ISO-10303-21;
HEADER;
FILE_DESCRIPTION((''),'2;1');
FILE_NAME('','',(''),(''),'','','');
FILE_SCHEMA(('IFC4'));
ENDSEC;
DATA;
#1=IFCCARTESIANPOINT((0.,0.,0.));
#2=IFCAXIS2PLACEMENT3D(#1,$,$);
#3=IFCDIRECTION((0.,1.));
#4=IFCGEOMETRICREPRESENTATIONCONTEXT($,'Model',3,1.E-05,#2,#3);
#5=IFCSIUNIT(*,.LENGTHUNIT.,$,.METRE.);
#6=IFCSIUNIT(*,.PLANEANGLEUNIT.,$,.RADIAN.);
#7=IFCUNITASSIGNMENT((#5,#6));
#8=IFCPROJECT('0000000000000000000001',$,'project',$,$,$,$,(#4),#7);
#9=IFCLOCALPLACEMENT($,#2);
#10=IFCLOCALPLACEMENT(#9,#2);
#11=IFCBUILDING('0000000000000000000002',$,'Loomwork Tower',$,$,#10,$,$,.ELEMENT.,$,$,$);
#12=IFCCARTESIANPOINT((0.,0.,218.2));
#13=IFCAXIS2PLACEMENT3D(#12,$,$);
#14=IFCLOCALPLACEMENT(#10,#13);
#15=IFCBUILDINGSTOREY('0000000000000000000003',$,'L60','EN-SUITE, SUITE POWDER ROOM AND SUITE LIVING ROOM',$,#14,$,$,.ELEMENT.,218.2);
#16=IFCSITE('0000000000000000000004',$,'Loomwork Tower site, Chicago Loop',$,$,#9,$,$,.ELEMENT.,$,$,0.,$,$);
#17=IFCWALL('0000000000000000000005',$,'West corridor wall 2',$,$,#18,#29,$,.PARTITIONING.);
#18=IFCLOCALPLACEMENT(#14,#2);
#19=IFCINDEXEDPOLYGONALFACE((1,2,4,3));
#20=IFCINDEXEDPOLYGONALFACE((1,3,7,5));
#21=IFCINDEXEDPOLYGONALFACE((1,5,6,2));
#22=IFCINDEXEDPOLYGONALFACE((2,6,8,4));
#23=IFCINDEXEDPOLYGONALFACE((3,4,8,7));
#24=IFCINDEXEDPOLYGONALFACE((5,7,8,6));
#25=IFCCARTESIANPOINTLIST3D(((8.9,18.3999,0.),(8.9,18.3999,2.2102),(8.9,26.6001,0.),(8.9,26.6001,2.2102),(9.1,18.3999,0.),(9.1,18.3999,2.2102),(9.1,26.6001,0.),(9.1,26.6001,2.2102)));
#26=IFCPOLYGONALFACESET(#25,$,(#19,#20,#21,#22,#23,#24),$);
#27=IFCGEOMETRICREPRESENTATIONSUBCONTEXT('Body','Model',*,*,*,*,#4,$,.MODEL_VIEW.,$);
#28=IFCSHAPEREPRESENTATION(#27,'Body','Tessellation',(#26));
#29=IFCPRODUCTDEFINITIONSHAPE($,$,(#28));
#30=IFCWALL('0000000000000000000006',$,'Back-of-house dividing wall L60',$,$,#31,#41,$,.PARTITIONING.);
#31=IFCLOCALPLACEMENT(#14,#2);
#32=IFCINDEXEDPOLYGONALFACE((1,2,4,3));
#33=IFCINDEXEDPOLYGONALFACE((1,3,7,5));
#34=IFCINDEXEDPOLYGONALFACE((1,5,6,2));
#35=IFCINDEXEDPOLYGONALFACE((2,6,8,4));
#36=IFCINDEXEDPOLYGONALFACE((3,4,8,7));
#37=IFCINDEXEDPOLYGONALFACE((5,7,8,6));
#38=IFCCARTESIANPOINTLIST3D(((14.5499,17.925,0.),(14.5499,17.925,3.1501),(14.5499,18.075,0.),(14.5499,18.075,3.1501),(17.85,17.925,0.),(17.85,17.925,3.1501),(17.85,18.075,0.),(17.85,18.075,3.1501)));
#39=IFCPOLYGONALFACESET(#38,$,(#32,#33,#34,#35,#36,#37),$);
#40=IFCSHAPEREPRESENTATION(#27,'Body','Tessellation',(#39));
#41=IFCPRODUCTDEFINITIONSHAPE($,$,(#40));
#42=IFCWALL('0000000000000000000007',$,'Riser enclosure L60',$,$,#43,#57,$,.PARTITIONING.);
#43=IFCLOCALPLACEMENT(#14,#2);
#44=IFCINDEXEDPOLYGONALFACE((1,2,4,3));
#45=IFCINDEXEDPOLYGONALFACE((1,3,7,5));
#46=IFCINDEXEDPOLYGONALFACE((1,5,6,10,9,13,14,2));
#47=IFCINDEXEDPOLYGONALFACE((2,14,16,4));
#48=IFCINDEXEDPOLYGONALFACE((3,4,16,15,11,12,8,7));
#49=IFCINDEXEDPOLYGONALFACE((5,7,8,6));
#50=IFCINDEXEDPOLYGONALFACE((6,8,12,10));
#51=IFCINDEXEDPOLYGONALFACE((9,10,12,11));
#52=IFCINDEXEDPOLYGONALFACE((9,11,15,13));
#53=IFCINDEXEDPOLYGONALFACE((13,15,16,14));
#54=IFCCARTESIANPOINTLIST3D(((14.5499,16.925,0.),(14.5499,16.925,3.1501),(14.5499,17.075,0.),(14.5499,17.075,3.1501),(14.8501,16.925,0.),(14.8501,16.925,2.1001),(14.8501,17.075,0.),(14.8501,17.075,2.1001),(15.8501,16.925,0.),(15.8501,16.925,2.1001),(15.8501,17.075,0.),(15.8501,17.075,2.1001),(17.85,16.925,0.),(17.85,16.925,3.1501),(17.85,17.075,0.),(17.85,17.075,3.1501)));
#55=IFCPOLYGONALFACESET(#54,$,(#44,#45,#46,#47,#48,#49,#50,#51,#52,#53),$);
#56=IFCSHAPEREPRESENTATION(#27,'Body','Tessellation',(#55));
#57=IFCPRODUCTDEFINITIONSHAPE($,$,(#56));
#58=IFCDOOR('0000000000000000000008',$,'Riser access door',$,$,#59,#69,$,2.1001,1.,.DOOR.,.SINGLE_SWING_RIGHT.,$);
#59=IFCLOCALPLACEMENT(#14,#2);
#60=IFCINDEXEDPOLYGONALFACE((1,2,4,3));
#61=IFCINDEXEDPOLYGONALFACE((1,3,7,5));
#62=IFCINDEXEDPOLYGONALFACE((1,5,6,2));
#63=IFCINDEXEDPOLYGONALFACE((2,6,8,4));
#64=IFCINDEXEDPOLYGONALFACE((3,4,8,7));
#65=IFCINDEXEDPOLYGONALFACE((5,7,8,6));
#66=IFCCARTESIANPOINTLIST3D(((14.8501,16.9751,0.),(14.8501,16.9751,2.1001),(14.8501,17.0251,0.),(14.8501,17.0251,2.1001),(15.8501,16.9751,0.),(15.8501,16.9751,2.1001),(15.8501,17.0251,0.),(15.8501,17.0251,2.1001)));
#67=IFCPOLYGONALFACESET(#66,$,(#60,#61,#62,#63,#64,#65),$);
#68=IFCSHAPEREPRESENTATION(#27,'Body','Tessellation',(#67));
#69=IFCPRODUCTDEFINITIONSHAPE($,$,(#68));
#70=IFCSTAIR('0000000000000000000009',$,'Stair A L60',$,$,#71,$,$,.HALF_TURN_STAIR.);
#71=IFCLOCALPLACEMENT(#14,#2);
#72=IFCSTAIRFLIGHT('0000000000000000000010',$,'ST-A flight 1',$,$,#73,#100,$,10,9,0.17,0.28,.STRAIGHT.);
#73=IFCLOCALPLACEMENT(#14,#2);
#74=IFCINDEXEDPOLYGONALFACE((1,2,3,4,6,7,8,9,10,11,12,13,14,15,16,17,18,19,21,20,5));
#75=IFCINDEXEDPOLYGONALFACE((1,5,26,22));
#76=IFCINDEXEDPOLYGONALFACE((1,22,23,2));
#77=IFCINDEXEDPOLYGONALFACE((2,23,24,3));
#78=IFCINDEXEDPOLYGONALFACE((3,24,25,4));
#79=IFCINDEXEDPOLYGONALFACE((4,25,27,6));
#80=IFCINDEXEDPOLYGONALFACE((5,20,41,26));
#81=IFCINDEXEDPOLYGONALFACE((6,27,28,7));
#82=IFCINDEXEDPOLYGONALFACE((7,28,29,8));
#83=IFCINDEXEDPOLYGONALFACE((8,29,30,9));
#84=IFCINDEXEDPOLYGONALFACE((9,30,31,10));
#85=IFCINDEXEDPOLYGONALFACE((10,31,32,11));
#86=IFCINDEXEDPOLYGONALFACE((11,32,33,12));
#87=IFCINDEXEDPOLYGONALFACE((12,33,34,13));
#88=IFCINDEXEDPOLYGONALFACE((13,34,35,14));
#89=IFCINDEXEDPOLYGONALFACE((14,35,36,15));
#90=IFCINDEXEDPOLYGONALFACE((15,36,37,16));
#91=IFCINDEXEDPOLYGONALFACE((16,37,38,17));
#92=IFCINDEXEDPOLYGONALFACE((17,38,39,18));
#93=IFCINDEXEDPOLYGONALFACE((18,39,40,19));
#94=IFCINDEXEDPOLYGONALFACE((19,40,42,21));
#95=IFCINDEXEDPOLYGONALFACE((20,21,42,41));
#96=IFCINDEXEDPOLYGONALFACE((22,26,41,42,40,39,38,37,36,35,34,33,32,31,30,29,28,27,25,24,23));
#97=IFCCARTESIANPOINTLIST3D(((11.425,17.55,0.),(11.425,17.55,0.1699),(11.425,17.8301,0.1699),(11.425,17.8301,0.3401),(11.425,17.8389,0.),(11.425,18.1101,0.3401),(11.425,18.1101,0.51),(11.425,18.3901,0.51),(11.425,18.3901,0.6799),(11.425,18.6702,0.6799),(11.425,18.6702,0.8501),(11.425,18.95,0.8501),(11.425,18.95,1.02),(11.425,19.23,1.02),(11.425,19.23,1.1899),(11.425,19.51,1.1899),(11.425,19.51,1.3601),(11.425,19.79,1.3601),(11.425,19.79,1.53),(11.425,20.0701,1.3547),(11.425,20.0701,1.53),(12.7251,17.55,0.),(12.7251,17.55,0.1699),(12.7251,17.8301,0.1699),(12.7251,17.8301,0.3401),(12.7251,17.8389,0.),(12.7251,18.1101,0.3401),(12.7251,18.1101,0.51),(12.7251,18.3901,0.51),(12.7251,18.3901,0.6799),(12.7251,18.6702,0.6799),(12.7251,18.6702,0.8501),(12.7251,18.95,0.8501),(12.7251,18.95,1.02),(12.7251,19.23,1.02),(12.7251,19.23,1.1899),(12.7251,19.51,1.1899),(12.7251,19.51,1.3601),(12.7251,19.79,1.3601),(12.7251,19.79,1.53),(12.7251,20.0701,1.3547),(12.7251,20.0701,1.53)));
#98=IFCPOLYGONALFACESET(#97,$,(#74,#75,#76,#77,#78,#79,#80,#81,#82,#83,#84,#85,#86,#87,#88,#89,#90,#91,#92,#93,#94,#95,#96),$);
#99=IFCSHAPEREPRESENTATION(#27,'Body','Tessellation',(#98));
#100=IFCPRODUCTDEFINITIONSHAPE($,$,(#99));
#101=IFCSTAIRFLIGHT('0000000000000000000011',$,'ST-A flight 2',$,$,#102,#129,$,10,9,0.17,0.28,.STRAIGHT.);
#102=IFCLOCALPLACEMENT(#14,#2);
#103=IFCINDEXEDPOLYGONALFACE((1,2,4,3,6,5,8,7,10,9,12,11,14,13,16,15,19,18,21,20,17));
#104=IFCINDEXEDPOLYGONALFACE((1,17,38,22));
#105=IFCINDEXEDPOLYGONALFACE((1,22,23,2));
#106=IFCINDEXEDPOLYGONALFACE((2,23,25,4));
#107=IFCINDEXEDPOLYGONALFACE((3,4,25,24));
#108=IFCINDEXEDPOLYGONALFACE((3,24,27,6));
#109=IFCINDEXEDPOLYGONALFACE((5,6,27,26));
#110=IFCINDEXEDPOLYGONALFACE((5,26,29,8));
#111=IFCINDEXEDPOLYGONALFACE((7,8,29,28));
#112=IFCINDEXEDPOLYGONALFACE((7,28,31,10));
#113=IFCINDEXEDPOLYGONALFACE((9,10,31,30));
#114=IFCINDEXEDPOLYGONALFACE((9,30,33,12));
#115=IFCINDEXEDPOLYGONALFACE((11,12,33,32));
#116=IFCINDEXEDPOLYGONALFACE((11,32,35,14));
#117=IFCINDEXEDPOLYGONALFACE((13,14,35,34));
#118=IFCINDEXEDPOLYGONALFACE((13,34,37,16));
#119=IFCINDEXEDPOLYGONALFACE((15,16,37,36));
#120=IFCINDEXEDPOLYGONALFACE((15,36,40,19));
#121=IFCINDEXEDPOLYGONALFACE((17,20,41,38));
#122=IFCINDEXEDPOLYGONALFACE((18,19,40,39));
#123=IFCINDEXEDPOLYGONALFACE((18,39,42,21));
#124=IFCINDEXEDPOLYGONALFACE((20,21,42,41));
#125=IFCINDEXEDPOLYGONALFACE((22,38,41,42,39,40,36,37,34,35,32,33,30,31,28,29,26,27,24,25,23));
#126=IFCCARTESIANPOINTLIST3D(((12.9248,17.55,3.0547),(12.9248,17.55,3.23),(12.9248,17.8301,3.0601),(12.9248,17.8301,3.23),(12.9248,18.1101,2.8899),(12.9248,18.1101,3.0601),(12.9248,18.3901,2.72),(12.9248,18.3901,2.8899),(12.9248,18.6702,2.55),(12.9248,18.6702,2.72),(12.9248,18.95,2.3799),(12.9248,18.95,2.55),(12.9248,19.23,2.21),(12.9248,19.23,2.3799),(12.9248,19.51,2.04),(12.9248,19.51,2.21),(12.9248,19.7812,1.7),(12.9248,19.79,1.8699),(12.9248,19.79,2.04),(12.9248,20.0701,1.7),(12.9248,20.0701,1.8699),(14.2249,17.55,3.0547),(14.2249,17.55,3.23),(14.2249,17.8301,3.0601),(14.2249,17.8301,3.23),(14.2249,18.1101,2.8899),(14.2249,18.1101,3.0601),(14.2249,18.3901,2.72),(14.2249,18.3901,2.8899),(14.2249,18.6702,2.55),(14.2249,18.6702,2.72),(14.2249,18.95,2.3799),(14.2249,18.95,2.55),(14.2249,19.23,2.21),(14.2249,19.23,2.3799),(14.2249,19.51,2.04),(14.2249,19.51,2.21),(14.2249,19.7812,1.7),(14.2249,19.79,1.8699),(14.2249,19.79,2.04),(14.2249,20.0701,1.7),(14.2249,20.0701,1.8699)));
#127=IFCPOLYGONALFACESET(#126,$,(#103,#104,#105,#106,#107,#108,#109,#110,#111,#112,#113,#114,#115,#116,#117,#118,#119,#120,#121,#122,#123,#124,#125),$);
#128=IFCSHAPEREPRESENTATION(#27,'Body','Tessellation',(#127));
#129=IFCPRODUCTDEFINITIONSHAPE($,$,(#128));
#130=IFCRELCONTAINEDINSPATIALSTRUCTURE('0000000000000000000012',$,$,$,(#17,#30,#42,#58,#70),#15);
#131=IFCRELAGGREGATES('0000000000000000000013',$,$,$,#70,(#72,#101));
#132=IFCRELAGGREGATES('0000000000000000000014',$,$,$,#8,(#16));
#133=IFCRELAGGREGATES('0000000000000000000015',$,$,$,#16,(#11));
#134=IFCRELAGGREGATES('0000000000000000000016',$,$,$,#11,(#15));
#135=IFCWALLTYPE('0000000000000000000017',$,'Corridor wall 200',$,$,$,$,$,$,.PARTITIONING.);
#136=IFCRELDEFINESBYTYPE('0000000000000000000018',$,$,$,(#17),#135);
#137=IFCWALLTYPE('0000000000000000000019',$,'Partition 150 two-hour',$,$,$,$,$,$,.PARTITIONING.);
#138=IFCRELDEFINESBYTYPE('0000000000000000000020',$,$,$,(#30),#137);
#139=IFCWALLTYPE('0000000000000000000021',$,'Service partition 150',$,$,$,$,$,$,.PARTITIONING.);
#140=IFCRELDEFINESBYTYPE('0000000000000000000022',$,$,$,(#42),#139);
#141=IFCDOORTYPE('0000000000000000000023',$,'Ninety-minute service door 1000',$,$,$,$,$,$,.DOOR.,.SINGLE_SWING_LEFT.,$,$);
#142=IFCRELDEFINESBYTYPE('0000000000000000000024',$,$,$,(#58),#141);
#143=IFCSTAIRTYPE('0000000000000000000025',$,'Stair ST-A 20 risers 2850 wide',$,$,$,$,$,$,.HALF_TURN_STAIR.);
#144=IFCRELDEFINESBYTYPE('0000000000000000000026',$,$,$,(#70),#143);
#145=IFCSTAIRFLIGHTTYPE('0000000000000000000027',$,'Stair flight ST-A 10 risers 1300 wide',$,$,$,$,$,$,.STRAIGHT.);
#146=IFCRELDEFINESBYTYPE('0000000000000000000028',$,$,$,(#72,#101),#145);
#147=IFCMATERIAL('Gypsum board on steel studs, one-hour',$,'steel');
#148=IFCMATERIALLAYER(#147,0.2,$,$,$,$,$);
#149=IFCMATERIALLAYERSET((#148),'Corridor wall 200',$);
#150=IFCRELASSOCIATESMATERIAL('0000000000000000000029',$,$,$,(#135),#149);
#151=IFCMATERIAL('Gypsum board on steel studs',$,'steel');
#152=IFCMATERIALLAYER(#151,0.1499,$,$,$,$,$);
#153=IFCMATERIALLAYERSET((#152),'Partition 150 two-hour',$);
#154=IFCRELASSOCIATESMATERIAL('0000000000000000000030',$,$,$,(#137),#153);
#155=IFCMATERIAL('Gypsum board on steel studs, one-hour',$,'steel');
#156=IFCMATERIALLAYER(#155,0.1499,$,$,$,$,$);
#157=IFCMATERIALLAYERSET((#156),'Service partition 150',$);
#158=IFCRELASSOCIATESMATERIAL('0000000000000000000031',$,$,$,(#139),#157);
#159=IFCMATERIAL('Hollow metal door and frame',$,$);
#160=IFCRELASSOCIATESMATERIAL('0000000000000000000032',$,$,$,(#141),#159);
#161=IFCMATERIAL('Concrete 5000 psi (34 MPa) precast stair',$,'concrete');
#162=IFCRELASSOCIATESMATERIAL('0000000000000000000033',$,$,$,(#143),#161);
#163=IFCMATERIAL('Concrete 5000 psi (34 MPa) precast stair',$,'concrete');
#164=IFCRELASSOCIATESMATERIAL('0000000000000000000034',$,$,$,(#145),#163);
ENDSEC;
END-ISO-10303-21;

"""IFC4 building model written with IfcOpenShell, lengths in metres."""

from ifc_helpers import new_model, si_unit, direction, frame, frame_2d, origin, place, context, subcontext, project, spatial, polyline, rectangle, outline, extrude, material, layer, layer_set, type_object, element, fill, aggregate, save


model = new_model("IFC4")

# Units and contexts
model_context = context("Model", 3, precision=1e-05, world=origin(), true_north=direction((0.0, 1.0)))
body_context = subcontext(model_context, "Body", "Model", "MODEL_VIEW")
ifc_project = project(units=[si_unit("LENGTHUNIT", "METRE"), si_unit("PLANEANGLEUNIT", "RADIAN")], contexts=[model_context])

# Site, building, storey
site_placement = place(None, origin())
site = spatial("IfcSite", under=ifc_project, at=site_placement, Name="Loomwork Tower site, Chicago Loop", CompositionType="ELEMENT", RefElevation=0.0)
building_placement = place(site_placement, origin())
building = spatial("IfcBuilding", under=site, at=building_placement, Name="Loomwork Tower", CompositionType="ELEMENT")
storey_placement = place(building_placement, frame((0.0, 0.0, 218.2)))
storey = spatial("IfcBuildingStorey", under=building, at=storey_placement, Name="L60", Description="EN-SUITE, SUITE POWDER ROOM AND SUITE LIVING ROOM", CompositionType="ELEMENT", Elevation=218.2)

# Walls
ifc_material_1 = material(Name="Gypsum board on steel studs, one-hour", Category="steel")
ifc_layer_1 = layer(ifc_material_1, 0.2)
ifc_layer_set_1 = layer_set([ifc_layer_1], Name="Corridor wall 200")
wall_type_1 = type_object("IfcWallType", Name="Corridor wall 200", PredefinedType="PARTITIONING", material=ifc_layer_set_1)
wall_1_placement = place(storey_placement, frame((9.0, 18.3999, 0.0), z_axis=(0.0, 0.0, 1.0), x_axis=(0.0, 1.0, 0.0)))
element("IfcWall", 1, at=wall_1_placement, inside=storey, type_object=wall_type_1, Name="West corridor wall 2", PredefinedType="PARTITIONING", context=body_context, shape_type="SweptSolid", body=[
    extrude(rectangle(XDim=8.2002, YDim=0.2, at=frame_2d((4.1001, 0.0))), origin(), (0.0, 0.0, 1.0), 2.2102),
])
ifc_material_2 = material(Name="Gypsum board on steel studs", Category="steel")
ifc_layer_2 = layer(ifc_material_2, 0.1499)
ifc_layer_set_2 = layer_set([ifc_layer_2], Name="Partition 150 two-hour")
wall_type_2 = type_object("IfcWallType", Name="Partition 150 two-hour", PredefinedType="PARTITIONING", material=ifc_layer_set_2)
wall_2_placement = place(storey_placement, frame((14.55, 18.0, 0.0), z_axis=(0.0, 0.0, 1.0), x_axis=(1.0, 0.0, 0.0)))
element("IfcWall", 2, at=wall_2_placement, inside=storey, type_object=wall_type_2, Name="Back-of-house dividing wall L60", PredefinedType="PARTITIONING", context=body_context, shape_type="SweptSolid", body=[
    extrude(rectangle(XDim=3.3, YDim=0.1499, at=frame_2d((1.6499, 0.0))), origin(), (0.0, 0.0, 1.0), 3.1501),
])

# Wall, opening, door
ifc_material_3 = material(Name="Gypsum board on steel studs, one-hour", Category="steel")
ifc_layer_3 = layer(ifc_material_3, 0.1499)
ifc_layer_set_3 = layer_set([ifc_layer_3], Name="Service partition 150")
wall_type_3 = type_object("IfcWallType", Name="Service partition 150", PredefinedType="PARTITIONING", material=ifc_layer_set_3)
wall_3_placement = place(storey_placement, frame((14.55, 17.0, 0.0), z_axis=(0.0, 0.0, 1.0), x_axis=(1.0, 0.0, 0.0)))
wall_3 = element("IfcWall", 3, at=wall_3_placement, inside=storey, type_object=wall_type_3, Name="Riser enclosure L60", PredefinedType="PARTITIONING", context=body_context, shape_type="SweptSolid", body=[
    extrude(rectangle(XDim=3.3, YDim=0.1499, at=frame_2d((1.6499, 0.0))), origin(), (0.0, 0.0, 1.0), 3.1501),
])
opening_1_placement = place(wall_3_placement, frame((0.3, 0.0, 0.0)))
opening_1 = element("IfcOpeningElement", 4, at=opening_1_placement, cuts=wall_3, PredefinedType="OPENING", context=body_context, shape_type="SweptSolid", body=[
    extrude(rectangle(XDim=1.0, YDim=2.1001, at=frame_2d((0.5, 1.05))), frame((0.0, 0.085, 0.0), z_axis=(0.0, -1.0, 0.0), x_axis=(1.0, 0.0, 0.0)), (0.0, 0.0, 1.0), 0.1699),
])
ifc_material_4 = material(Name="Hollow metal door and frame")
door_type_1 = type_object("IfcDoorType", Name="Ninety-minute service door 1000", OperationType="SINGLE_SWING_LEFT", PredefinedType="DOOR", material=ifc_material_4)
door_1_placement = place(opening_1_placement, frame((1.0, 0.0, 0.0), z_axis=(0.0, 0.0, 1.0), x_axis=(-1.0, 0.0, 0.0)))
door_1 = element("IfcDoor", 5, at=door_1_placement, inside=storey, type_object=door_type_1, Name="Riser access door", OperationType="SINGLE_SWING_RIGHT", OverallHeight=2.1001, OverallWidth=1.0, PredefinedType="DOOR", context=body_context, shape_type="SweptSolid", body=[
    extrude(rectangle(XDim=1.0, YDim=2.1001, at=frame_2d((0.5, 1.05))), frame((0.0, 0.0249, 0.0), z_axis=(0.0, -1.0, 0.0), x_axis=(1.0, 0.0, 0.0)), (0.0, 0.0, 1.0), 0.05),
])
fill(opening_1, door_1)

# Stair, stair flights
ifc_material_5 = material(Name="Concrete 5000 psi (34 MPa) precast stair", Category="concrete")
stair_type = type_object("IfcStairType", Name="Stair ST-A 20 risers 2850 wide", PredefinedType="HALF_TURN_STAIR", material=ifc_material_5)
stair_placement = place(storey_placement, origin())
stair = element("IfcStair", 6, at=stair_placement, inside=storey, type_object=stair_type, Name="Stair A L60", PredefinedType="HALF_TURN_STAIR")
ifc_material_6 = material(Name="Concrete 5000 psi (34 MPa) precast stair", Category="concrete")
stair_flight_type = type_object("IfcStairFlightType", Name="Stair flight ST-A 10 risers 1300 wide", PredefinedType="STRAIGHT", material=ifc_material_6)
stair_flight_1_placement = place(storey_placement, frame((12.075, 17.55, 0.0), z_axis=(0.0, 0.0, 1.0), x_axis=(0.0, 1.0, 0.0)))
stair_flight_1 = element("IfcStairFlight", 7, at=stair_flight_1_placement, type_object=stair_flight_type, Name="ST-A flight 1", NumberOfRisers=10, NumberOfTreads=9, PredefinedType="STRAIGHT", RiserHeight=0.17, TreadLength=0.28, context=body_context, shape_type="SweptSolid", body=[
    extrude(outline(polyline([(0.0, 0.0), (0.0, 0.1699), (0.28, 0.1699), (0.28, 0.3401), (0.5601, 0.3401), (0.5601, 0.51), (0.8401, 0.51), (0.8401, 0.6799), (1.1201, 0.6799), (1.1201, 0.8501), (1.3999, 0.8501), (1.3999, 1.02), (1.6799, 1.02), (1.6799, 1.1899), (1.96, 1.1899), (1.96, 1.3601), (2.24, 1.3601), (2.24, 1.53), (2.52, 1.53), (2.52, 1.7), (2.52, 1.3547), (0.2888, 0.0), (0.0, 0.0)])), frame((0.0, 0.6499, 0.0), z_axis=(0.0, -1.0, 0.0), x_axis=(1.0, 0.0, 0.0)), (0.0, 0.0, 1.0), 1.3),
])
stair_flight_2_placement = place(storey_placement, frame((13.575, 20.0701, 1.7), z_axis=(0.0, 0.0, 1.0), x_axis=(0.0, -1.0, 0.0)))
stair_flight_2 = element("IfcStairFlight", 8, at=stair_flight_2_placement, type_object=stair_flight_type, Name="ST-A flight 2", NumberOfRisers=10, NumberOfTreads=9, PredefinedType="STRAIGHT", RiserHeight=0.17, TreadLength=0.28, context=body_context, shape_type="SweptSolid", body=[
    extrude(outline(polyline([(0.0, 0.0), (0.0, 0.1699), (0.28, 0.1699), (0.28, 0.3401), (0.5601, 0.3401), (0.5601, 0.51), (0.8401, 0.51), (0.8401, 0.6799), (1.1201, 0.6799), (1.1201, 0.8501), (1.3999, 0.8501), (1.3999, 1.02), (1.6799, 1.02), (1.6799, 1.1899), (1.96, 1.1899), (1.96, 1.3601), (2.24, 1.3601), (2.24, 1.53), (2.52, 1.53), (2.52, 1.7), (2.52, 1.3547), (0.2888, 0.0), (0.0, 0.0)])), frame((0.0, 0.6499, 0.0), z_axis=(0.0, -1.0, 0.0), x_axis=(1.0, 0.0, 0.0)), (0.0, 0.0, 1.0), 1.3),
])
aggregate(stair, [stair_flight_1, stair_flight_2])

save(model, "model.ifc")
